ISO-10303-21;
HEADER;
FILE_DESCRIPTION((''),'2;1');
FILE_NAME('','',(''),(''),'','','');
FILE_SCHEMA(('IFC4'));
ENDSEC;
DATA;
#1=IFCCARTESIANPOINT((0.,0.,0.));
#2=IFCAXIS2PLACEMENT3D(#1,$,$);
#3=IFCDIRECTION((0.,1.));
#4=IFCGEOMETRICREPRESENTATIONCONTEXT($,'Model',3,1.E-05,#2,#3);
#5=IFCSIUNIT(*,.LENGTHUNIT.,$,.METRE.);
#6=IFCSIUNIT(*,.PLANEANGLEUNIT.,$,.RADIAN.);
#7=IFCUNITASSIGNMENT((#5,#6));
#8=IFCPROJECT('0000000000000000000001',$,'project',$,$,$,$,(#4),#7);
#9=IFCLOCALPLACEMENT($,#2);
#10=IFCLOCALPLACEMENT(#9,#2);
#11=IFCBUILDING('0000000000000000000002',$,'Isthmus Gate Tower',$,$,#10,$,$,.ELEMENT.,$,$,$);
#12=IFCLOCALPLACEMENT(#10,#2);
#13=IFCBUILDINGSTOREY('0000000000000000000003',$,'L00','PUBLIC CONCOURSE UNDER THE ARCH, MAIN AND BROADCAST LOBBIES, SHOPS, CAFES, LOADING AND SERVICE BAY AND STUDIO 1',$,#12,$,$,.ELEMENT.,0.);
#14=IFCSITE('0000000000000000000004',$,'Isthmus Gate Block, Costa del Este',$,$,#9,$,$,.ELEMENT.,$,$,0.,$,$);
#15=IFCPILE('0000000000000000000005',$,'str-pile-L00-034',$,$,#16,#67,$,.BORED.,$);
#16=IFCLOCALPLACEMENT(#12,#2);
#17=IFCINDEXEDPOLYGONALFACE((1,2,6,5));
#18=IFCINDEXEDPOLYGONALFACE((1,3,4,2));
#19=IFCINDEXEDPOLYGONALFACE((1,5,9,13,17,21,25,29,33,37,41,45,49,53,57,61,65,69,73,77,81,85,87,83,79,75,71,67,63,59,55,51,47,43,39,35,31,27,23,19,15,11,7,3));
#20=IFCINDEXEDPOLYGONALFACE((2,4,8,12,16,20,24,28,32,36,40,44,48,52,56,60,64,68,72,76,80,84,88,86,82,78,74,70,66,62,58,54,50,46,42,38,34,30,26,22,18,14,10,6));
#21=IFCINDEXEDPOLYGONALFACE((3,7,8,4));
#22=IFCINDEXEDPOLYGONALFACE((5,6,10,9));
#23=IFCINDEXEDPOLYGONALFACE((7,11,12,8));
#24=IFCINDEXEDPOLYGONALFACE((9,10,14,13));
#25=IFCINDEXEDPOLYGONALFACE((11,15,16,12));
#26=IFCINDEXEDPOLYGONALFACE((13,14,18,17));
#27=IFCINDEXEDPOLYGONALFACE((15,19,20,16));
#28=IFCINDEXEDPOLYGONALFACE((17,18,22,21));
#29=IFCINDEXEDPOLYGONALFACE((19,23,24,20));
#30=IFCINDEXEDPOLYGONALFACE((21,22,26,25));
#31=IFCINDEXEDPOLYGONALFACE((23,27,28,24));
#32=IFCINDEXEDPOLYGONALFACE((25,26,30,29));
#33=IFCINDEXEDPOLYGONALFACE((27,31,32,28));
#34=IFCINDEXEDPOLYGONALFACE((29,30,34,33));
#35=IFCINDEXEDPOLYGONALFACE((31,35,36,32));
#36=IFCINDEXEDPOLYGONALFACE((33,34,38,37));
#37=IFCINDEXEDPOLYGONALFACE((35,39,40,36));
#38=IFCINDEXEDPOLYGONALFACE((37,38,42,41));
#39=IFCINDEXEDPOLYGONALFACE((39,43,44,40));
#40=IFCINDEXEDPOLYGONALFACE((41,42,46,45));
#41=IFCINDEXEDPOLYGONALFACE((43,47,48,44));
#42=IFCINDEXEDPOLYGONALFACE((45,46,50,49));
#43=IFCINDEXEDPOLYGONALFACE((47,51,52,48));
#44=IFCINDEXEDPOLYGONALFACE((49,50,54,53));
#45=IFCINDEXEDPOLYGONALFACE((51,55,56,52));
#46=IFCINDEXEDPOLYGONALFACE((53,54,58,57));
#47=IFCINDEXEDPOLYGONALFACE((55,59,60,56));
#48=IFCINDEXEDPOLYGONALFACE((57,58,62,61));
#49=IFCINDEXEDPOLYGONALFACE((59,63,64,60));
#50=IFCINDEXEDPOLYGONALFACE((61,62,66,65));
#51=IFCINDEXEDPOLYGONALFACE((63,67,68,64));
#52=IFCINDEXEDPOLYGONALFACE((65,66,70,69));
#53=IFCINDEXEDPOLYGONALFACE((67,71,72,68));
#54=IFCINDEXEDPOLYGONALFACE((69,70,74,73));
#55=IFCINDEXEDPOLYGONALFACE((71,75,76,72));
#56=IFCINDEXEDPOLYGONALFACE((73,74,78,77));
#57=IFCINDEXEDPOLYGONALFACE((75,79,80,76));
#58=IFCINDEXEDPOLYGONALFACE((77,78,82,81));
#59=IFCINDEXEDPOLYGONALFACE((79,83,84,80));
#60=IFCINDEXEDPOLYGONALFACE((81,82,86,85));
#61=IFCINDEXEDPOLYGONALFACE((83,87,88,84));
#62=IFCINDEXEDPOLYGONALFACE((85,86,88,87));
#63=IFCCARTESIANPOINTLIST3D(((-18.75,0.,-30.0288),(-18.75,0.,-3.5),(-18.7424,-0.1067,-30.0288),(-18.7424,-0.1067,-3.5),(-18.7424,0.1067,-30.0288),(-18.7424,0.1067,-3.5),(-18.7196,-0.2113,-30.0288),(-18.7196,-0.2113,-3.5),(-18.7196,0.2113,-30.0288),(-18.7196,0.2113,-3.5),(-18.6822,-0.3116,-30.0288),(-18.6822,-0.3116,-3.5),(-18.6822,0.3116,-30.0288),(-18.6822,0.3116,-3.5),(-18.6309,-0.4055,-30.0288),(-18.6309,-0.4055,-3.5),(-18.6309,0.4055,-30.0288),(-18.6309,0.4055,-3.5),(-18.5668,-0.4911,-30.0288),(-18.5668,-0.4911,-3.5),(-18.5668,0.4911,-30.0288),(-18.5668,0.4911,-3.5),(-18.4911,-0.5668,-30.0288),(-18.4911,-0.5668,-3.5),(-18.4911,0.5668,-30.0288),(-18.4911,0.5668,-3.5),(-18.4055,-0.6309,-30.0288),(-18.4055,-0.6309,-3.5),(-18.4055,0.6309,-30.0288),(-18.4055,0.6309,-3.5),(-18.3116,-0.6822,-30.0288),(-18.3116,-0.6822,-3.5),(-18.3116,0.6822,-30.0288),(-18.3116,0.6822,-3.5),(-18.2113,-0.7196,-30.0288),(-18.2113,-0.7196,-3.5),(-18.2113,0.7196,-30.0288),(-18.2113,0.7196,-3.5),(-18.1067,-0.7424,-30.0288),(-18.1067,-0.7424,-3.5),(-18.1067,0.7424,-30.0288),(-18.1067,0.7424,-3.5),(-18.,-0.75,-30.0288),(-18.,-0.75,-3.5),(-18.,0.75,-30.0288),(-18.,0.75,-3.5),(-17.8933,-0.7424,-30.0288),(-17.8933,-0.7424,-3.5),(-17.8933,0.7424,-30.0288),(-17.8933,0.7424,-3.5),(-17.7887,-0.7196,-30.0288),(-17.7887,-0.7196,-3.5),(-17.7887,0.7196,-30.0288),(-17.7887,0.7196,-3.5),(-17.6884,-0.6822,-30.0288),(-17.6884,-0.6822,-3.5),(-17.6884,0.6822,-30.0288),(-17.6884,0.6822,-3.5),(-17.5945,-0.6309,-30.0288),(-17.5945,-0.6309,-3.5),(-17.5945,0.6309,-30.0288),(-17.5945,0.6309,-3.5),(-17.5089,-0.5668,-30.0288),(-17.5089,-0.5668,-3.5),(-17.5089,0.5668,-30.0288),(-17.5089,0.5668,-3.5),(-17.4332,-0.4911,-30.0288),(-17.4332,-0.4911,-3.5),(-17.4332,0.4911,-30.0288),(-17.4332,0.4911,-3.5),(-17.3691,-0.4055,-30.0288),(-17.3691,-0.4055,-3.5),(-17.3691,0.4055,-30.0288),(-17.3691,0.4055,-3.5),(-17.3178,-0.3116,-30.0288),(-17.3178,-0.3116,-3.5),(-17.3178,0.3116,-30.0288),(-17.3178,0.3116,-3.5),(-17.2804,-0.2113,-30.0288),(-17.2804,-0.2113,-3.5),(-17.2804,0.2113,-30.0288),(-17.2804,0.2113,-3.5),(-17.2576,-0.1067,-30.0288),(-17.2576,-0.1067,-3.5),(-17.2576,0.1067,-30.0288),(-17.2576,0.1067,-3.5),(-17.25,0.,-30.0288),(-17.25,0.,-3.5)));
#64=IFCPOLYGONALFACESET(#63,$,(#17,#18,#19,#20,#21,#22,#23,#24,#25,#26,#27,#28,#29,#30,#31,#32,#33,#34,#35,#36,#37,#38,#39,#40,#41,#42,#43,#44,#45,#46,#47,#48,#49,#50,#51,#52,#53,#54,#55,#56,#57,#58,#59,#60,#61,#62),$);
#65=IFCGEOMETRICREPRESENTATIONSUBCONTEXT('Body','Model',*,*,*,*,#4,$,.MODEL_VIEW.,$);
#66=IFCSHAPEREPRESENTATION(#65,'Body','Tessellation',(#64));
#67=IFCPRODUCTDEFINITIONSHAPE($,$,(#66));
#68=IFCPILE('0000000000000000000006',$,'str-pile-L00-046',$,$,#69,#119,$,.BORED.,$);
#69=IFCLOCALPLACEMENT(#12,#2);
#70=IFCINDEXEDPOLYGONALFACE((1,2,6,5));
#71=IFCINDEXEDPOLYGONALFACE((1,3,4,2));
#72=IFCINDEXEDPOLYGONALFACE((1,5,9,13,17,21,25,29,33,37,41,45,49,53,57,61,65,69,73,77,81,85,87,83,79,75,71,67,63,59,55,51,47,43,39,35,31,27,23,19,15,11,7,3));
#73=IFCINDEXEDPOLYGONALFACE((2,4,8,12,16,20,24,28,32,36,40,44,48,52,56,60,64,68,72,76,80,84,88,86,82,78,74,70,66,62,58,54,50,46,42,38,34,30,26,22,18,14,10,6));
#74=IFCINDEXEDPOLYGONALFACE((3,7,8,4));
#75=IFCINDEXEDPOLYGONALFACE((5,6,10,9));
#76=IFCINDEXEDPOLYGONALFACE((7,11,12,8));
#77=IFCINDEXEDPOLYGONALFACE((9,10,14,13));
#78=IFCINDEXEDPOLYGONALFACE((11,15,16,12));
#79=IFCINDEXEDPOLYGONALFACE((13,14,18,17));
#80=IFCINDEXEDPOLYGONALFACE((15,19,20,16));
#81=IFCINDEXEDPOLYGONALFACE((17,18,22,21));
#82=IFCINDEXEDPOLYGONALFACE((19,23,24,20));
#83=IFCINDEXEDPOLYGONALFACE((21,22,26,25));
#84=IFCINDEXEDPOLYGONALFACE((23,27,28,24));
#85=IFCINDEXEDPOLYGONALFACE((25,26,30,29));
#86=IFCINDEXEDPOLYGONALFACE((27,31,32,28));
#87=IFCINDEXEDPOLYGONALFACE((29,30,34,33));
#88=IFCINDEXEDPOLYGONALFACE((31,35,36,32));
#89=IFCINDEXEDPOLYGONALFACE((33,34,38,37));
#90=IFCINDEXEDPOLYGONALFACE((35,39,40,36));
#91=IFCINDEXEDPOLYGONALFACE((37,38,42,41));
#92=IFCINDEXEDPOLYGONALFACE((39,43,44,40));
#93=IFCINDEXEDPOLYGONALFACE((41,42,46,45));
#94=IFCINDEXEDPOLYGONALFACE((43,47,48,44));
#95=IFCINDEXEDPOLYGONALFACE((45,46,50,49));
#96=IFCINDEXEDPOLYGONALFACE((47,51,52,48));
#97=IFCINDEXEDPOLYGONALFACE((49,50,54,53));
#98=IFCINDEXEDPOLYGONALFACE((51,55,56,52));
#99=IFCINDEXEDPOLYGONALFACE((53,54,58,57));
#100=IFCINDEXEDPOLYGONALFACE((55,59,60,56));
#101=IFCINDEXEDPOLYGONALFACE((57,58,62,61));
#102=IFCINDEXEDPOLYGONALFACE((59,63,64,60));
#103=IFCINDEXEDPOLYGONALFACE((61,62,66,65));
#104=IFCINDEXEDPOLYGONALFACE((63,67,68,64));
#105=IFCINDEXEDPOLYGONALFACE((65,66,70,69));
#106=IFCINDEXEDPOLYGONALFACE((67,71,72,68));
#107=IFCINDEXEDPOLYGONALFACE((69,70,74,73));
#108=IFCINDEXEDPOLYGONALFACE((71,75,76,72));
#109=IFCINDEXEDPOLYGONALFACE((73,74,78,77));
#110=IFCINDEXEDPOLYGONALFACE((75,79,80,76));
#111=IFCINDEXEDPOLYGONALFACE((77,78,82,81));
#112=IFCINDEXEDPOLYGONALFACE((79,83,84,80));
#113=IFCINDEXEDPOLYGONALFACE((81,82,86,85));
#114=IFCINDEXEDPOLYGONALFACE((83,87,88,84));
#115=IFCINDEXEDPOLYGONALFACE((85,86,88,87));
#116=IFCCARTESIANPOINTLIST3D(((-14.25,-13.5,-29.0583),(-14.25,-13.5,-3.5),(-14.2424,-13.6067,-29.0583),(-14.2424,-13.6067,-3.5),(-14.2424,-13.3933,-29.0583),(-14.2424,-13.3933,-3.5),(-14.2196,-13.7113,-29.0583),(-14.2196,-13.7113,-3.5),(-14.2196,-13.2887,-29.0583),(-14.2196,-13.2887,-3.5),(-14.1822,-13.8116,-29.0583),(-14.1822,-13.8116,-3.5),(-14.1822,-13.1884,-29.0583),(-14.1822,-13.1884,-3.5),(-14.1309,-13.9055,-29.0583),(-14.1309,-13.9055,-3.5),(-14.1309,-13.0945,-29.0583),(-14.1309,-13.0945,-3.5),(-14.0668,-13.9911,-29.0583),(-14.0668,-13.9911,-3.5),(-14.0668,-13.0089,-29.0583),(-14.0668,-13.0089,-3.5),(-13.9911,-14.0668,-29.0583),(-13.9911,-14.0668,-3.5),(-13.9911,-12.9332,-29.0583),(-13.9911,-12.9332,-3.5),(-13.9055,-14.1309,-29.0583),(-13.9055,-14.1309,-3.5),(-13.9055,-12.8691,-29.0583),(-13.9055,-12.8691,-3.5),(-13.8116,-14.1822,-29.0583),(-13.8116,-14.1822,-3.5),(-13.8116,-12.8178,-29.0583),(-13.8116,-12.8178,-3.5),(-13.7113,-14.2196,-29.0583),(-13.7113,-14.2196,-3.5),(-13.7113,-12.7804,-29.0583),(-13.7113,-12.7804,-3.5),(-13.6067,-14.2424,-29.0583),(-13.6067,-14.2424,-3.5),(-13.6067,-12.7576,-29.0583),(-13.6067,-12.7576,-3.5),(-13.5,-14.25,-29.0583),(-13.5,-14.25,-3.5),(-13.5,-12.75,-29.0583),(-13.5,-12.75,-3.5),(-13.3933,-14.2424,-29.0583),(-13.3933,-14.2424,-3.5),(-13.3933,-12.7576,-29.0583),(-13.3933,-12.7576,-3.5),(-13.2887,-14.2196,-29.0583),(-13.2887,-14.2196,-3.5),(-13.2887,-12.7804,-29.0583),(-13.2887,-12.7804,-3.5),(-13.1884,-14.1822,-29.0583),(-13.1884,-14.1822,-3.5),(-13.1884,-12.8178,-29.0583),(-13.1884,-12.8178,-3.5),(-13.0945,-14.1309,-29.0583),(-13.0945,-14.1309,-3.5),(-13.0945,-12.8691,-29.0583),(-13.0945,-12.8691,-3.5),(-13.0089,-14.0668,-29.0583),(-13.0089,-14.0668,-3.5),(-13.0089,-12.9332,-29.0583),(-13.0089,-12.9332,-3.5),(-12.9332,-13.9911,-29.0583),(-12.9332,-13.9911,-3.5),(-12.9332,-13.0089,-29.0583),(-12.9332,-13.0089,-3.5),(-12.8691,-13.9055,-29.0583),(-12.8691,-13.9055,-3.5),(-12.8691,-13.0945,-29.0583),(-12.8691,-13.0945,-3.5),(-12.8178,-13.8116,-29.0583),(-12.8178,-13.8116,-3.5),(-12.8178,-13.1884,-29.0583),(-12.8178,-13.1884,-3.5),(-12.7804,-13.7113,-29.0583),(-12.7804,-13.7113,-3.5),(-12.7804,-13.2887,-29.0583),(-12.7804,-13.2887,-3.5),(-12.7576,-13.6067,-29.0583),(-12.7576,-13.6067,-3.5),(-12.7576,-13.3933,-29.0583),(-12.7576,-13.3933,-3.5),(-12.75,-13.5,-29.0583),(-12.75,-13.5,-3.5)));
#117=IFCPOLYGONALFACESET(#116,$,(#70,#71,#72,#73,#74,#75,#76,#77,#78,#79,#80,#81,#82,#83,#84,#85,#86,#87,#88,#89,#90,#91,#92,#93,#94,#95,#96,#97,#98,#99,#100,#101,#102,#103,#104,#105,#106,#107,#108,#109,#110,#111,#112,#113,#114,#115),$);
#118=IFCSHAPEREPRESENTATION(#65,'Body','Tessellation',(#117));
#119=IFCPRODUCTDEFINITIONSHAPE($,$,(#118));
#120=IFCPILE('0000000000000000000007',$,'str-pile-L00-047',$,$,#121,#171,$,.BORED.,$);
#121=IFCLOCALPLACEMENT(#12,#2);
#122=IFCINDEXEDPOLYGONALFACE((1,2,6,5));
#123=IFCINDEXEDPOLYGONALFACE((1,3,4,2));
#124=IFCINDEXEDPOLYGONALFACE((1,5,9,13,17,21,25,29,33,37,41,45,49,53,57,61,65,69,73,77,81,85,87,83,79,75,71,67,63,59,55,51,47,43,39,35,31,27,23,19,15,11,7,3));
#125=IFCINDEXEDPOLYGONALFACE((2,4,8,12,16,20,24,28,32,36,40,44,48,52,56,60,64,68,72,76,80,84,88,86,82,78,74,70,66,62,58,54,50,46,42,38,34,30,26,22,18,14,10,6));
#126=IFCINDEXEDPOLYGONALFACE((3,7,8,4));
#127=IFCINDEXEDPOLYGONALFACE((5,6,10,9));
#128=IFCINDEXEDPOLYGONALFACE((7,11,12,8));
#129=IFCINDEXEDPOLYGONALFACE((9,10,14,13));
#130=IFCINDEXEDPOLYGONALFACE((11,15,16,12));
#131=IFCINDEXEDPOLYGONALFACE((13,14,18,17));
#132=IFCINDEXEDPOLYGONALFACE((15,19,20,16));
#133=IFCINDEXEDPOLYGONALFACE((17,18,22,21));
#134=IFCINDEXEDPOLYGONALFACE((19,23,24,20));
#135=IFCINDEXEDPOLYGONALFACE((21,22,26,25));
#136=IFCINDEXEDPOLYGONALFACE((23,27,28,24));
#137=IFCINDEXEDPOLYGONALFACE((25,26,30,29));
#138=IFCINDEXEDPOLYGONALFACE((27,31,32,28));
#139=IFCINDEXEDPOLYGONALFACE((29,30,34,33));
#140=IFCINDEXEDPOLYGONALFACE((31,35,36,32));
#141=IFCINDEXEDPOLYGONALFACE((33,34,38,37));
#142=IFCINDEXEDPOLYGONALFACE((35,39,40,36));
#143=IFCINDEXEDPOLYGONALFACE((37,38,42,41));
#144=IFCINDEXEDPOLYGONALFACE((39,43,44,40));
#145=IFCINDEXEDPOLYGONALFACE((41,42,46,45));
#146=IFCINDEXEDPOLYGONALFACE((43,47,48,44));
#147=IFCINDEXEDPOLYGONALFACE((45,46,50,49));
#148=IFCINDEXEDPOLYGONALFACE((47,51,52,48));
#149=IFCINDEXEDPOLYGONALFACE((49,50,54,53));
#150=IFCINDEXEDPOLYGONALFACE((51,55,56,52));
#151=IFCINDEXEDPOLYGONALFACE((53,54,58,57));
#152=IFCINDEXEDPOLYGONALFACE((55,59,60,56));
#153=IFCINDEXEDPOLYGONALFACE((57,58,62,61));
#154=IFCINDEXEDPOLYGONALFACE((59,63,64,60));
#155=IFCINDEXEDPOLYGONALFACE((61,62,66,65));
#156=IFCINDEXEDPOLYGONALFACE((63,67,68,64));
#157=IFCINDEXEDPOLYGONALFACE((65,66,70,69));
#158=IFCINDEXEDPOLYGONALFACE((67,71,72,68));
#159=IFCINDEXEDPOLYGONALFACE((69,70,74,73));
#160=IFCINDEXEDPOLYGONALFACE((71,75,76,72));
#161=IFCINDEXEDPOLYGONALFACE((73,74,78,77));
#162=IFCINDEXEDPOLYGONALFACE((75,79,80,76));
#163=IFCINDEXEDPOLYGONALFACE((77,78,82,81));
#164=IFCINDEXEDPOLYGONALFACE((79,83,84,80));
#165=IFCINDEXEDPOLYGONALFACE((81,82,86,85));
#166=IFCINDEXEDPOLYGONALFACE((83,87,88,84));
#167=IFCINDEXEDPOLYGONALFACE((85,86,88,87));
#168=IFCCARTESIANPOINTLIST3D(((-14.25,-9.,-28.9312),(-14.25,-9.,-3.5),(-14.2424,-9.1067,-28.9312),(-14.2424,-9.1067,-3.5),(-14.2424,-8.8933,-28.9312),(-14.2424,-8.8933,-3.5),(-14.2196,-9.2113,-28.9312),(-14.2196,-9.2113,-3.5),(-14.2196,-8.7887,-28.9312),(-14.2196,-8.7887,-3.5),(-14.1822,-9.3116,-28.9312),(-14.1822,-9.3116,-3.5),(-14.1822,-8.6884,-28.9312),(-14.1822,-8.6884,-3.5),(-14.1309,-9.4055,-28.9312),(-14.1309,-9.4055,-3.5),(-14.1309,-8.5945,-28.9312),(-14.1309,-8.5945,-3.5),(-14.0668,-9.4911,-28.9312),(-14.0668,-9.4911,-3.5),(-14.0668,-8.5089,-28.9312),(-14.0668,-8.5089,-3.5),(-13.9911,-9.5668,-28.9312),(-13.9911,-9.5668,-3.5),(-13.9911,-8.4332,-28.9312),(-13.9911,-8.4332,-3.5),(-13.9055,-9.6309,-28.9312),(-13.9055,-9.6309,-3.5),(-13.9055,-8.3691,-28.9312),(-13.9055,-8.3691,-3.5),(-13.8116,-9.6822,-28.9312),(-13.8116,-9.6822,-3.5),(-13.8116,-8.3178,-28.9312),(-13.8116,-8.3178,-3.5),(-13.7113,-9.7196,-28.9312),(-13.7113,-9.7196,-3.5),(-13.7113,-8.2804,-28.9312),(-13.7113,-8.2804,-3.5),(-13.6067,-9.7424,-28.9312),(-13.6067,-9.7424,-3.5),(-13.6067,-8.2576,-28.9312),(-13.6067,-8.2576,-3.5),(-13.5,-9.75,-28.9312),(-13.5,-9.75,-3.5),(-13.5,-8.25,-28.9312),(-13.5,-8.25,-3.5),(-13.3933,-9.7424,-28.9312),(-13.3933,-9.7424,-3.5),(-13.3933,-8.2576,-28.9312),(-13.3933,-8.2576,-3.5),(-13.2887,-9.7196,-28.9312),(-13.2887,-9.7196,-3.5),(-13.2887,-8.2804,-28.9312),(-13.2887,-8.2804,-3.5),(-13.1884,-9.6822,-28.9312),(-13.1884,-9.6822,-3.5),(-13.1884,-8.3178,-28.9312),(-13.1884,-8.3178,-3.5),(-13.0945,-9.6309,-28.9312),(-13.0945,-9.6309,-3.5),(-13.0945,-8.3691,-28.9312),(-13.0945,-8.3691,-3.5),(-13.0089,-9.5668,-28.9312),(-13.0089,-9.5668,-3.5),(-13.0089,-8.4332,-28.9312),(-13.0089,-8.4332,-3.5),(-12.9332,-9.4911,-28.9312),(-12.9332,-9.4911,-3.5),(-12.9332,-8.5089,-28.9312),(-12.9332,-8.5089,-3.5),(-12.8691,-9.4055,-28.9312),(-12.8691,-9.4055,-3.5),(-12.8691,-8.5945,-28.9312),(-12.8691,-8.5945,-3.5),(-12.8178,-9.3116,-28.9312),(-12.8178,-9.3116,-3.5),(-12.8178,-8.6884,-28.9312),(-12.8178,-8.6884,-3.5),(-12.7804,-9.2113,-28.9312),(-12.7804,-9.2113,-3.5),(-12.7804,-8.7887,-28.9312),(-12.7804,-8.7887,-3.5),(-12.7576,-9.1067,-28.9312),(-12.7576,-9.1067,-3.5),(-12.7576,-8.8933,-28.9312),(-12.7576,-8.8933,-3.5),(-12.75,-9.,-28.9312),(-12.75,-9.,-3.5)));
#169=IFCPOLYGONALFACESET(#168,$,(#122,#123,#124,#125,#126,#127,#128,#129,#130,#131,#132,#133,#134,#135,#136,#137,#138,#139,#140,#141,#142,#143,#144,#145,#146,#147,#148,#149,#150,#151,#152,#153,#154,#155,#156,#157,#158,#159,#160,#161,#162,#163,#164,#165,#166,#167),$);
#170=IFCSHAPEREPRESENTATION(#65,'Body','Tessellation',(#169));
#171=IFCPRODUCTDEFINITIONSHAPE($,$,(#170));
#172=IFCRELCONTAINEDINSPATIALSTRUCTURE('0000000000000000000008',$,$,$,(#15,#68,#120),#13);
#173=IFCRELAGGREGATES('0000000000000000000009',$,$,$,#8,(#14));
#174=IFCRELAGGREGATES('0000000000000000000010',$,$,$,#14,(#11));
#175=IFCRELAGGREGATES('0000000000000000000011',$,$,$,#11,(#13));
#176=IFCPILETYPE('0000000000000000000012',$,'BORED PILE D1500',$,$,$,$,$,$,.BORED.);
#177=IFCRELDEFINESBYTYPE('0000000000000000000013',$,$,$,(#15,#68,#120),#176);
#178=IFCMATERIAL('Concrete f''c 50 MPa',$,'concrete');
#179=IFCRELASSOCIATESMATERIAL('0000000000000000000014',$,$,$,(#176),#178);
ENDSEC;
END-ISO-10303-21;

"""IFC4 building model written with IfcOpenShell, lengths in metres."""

from ifc_helpers import new_model, si_unit, direction, frame, origin, origin_2d, place, context, subcontext, project, spatial, circle, extrude, material, material_profile, profile_set, type_object, element, save


model = new_model("IFC4")

# Units and contexts
model_context = context("Model", 3, precision=1e-05, world=origin(), true_north=direction((0.0, 1.0)))
body_context = subcontext(model_context, "Body", "Model", "MODEL_VIEW")
ifc_project = project(units=[si_unit("LENGTHUNIT", "METRE"), si_unit("PLANEANGLEUNIT", "RADIAN")], contexts=[model_context])

# Site, building, storey
site_placement = place(None, origin())
site = spatial("IfcSite", under=ifc_project, at=site_placement, Name="Isthmus Gate Block, Costa del Este", CompositionType="ELEMENT", RefElevation=0.0)
building_placement = place(site_placement, origin())
building = spatial("IfcBuilding", under=site, at=building_placement, Name="Isthmus Gate Tower", CompositionType="ELEMENT")
storey_placement = place(building_placement, origin())
storey = spatial("IfcBuildingStorey", under=building, at=storey_placement, Name="L00", Description="PUBLIC CONCOURSE UNDER THE ARCH, MAIN AND BROADCAST LOBBIES, SHOPS, CAFES, LOADING AND SERVICE BAY AND STUDIO 1", CompositionType="ELEMENT", Elevation=0.0)

# Piles
ifc_material_1 = material(Name="Concrete f'c 50 MPa", Category="concrete")
ifc_material_profile_1 = material_profile(ifc_material_1, circle(Radius=0.75, at=origin_2d()), Name="D1500")
ifc_profile_set_1 = profile_set([ifc_material_profile_1], Name="Concrete f'c 50 MPa")
pile_type_1 = type_object("IfcPileType", Name="BORED PILE D1500", PredefinedType="BORED", material=ifc_profile_set_1)
pile_1_placement = place(storey_placement, frame((-18.0, 0.0, -3.5), z_axis=(0.0, 0.0, -1.0), x_axis=(1.0, 0.0, 0.0)))
element("IfcPile", 1, at=pile_1_placement, inside=storey, type_object=pile_type_1, Name="str-pile-L00-034", PredefinedType="BORED", context=body_context, shape_type="SweptSolid", body=[
    extrude(circle(Radius=0.75, at=origin_2d()), origin(), (0.0, 0.0, 1.0), 26.5288),
])
pile_2_placement = place(storey_placement, frame((-13.5, -13.5, -3.5), z_axis=(0.0, 0.0, -1.0), x_axis=(1.0, 0.0, 0.0)))
element("IfcPile", 2, at=pile_2_placement, inside=storey, type_object=pile_type_1, Name="str-pile-L00-046", PredefinedType="BORED", context=body_context, shape_type="SweptSolid", body=[
    extrude(circle(Radius=0.75, at=origin_2d()), origin(), (0.0, 0.0, 1.0), 25.5583),
])
pile_3_placement = place(storey_placement, frame((-13.5, -9.0, -3.5), z_axis=(0.0, 0.0, -1.0), x_axis=(1.0, 0.0, 0.0)))
element("IfcPile", 3, at=pile_3_placement, inside=storey, type_object=pile_type_1, Name="str-pile-L00-047", PredefinedType="BORED", context=body_context, shape_type="SweptSolid", body=[
    extrude(circle(Radius=0.75, at=origin_2d()), origin(), (0.0, 0.0, 1.0), 25.4312),
])

save(model, "model.ifc")
